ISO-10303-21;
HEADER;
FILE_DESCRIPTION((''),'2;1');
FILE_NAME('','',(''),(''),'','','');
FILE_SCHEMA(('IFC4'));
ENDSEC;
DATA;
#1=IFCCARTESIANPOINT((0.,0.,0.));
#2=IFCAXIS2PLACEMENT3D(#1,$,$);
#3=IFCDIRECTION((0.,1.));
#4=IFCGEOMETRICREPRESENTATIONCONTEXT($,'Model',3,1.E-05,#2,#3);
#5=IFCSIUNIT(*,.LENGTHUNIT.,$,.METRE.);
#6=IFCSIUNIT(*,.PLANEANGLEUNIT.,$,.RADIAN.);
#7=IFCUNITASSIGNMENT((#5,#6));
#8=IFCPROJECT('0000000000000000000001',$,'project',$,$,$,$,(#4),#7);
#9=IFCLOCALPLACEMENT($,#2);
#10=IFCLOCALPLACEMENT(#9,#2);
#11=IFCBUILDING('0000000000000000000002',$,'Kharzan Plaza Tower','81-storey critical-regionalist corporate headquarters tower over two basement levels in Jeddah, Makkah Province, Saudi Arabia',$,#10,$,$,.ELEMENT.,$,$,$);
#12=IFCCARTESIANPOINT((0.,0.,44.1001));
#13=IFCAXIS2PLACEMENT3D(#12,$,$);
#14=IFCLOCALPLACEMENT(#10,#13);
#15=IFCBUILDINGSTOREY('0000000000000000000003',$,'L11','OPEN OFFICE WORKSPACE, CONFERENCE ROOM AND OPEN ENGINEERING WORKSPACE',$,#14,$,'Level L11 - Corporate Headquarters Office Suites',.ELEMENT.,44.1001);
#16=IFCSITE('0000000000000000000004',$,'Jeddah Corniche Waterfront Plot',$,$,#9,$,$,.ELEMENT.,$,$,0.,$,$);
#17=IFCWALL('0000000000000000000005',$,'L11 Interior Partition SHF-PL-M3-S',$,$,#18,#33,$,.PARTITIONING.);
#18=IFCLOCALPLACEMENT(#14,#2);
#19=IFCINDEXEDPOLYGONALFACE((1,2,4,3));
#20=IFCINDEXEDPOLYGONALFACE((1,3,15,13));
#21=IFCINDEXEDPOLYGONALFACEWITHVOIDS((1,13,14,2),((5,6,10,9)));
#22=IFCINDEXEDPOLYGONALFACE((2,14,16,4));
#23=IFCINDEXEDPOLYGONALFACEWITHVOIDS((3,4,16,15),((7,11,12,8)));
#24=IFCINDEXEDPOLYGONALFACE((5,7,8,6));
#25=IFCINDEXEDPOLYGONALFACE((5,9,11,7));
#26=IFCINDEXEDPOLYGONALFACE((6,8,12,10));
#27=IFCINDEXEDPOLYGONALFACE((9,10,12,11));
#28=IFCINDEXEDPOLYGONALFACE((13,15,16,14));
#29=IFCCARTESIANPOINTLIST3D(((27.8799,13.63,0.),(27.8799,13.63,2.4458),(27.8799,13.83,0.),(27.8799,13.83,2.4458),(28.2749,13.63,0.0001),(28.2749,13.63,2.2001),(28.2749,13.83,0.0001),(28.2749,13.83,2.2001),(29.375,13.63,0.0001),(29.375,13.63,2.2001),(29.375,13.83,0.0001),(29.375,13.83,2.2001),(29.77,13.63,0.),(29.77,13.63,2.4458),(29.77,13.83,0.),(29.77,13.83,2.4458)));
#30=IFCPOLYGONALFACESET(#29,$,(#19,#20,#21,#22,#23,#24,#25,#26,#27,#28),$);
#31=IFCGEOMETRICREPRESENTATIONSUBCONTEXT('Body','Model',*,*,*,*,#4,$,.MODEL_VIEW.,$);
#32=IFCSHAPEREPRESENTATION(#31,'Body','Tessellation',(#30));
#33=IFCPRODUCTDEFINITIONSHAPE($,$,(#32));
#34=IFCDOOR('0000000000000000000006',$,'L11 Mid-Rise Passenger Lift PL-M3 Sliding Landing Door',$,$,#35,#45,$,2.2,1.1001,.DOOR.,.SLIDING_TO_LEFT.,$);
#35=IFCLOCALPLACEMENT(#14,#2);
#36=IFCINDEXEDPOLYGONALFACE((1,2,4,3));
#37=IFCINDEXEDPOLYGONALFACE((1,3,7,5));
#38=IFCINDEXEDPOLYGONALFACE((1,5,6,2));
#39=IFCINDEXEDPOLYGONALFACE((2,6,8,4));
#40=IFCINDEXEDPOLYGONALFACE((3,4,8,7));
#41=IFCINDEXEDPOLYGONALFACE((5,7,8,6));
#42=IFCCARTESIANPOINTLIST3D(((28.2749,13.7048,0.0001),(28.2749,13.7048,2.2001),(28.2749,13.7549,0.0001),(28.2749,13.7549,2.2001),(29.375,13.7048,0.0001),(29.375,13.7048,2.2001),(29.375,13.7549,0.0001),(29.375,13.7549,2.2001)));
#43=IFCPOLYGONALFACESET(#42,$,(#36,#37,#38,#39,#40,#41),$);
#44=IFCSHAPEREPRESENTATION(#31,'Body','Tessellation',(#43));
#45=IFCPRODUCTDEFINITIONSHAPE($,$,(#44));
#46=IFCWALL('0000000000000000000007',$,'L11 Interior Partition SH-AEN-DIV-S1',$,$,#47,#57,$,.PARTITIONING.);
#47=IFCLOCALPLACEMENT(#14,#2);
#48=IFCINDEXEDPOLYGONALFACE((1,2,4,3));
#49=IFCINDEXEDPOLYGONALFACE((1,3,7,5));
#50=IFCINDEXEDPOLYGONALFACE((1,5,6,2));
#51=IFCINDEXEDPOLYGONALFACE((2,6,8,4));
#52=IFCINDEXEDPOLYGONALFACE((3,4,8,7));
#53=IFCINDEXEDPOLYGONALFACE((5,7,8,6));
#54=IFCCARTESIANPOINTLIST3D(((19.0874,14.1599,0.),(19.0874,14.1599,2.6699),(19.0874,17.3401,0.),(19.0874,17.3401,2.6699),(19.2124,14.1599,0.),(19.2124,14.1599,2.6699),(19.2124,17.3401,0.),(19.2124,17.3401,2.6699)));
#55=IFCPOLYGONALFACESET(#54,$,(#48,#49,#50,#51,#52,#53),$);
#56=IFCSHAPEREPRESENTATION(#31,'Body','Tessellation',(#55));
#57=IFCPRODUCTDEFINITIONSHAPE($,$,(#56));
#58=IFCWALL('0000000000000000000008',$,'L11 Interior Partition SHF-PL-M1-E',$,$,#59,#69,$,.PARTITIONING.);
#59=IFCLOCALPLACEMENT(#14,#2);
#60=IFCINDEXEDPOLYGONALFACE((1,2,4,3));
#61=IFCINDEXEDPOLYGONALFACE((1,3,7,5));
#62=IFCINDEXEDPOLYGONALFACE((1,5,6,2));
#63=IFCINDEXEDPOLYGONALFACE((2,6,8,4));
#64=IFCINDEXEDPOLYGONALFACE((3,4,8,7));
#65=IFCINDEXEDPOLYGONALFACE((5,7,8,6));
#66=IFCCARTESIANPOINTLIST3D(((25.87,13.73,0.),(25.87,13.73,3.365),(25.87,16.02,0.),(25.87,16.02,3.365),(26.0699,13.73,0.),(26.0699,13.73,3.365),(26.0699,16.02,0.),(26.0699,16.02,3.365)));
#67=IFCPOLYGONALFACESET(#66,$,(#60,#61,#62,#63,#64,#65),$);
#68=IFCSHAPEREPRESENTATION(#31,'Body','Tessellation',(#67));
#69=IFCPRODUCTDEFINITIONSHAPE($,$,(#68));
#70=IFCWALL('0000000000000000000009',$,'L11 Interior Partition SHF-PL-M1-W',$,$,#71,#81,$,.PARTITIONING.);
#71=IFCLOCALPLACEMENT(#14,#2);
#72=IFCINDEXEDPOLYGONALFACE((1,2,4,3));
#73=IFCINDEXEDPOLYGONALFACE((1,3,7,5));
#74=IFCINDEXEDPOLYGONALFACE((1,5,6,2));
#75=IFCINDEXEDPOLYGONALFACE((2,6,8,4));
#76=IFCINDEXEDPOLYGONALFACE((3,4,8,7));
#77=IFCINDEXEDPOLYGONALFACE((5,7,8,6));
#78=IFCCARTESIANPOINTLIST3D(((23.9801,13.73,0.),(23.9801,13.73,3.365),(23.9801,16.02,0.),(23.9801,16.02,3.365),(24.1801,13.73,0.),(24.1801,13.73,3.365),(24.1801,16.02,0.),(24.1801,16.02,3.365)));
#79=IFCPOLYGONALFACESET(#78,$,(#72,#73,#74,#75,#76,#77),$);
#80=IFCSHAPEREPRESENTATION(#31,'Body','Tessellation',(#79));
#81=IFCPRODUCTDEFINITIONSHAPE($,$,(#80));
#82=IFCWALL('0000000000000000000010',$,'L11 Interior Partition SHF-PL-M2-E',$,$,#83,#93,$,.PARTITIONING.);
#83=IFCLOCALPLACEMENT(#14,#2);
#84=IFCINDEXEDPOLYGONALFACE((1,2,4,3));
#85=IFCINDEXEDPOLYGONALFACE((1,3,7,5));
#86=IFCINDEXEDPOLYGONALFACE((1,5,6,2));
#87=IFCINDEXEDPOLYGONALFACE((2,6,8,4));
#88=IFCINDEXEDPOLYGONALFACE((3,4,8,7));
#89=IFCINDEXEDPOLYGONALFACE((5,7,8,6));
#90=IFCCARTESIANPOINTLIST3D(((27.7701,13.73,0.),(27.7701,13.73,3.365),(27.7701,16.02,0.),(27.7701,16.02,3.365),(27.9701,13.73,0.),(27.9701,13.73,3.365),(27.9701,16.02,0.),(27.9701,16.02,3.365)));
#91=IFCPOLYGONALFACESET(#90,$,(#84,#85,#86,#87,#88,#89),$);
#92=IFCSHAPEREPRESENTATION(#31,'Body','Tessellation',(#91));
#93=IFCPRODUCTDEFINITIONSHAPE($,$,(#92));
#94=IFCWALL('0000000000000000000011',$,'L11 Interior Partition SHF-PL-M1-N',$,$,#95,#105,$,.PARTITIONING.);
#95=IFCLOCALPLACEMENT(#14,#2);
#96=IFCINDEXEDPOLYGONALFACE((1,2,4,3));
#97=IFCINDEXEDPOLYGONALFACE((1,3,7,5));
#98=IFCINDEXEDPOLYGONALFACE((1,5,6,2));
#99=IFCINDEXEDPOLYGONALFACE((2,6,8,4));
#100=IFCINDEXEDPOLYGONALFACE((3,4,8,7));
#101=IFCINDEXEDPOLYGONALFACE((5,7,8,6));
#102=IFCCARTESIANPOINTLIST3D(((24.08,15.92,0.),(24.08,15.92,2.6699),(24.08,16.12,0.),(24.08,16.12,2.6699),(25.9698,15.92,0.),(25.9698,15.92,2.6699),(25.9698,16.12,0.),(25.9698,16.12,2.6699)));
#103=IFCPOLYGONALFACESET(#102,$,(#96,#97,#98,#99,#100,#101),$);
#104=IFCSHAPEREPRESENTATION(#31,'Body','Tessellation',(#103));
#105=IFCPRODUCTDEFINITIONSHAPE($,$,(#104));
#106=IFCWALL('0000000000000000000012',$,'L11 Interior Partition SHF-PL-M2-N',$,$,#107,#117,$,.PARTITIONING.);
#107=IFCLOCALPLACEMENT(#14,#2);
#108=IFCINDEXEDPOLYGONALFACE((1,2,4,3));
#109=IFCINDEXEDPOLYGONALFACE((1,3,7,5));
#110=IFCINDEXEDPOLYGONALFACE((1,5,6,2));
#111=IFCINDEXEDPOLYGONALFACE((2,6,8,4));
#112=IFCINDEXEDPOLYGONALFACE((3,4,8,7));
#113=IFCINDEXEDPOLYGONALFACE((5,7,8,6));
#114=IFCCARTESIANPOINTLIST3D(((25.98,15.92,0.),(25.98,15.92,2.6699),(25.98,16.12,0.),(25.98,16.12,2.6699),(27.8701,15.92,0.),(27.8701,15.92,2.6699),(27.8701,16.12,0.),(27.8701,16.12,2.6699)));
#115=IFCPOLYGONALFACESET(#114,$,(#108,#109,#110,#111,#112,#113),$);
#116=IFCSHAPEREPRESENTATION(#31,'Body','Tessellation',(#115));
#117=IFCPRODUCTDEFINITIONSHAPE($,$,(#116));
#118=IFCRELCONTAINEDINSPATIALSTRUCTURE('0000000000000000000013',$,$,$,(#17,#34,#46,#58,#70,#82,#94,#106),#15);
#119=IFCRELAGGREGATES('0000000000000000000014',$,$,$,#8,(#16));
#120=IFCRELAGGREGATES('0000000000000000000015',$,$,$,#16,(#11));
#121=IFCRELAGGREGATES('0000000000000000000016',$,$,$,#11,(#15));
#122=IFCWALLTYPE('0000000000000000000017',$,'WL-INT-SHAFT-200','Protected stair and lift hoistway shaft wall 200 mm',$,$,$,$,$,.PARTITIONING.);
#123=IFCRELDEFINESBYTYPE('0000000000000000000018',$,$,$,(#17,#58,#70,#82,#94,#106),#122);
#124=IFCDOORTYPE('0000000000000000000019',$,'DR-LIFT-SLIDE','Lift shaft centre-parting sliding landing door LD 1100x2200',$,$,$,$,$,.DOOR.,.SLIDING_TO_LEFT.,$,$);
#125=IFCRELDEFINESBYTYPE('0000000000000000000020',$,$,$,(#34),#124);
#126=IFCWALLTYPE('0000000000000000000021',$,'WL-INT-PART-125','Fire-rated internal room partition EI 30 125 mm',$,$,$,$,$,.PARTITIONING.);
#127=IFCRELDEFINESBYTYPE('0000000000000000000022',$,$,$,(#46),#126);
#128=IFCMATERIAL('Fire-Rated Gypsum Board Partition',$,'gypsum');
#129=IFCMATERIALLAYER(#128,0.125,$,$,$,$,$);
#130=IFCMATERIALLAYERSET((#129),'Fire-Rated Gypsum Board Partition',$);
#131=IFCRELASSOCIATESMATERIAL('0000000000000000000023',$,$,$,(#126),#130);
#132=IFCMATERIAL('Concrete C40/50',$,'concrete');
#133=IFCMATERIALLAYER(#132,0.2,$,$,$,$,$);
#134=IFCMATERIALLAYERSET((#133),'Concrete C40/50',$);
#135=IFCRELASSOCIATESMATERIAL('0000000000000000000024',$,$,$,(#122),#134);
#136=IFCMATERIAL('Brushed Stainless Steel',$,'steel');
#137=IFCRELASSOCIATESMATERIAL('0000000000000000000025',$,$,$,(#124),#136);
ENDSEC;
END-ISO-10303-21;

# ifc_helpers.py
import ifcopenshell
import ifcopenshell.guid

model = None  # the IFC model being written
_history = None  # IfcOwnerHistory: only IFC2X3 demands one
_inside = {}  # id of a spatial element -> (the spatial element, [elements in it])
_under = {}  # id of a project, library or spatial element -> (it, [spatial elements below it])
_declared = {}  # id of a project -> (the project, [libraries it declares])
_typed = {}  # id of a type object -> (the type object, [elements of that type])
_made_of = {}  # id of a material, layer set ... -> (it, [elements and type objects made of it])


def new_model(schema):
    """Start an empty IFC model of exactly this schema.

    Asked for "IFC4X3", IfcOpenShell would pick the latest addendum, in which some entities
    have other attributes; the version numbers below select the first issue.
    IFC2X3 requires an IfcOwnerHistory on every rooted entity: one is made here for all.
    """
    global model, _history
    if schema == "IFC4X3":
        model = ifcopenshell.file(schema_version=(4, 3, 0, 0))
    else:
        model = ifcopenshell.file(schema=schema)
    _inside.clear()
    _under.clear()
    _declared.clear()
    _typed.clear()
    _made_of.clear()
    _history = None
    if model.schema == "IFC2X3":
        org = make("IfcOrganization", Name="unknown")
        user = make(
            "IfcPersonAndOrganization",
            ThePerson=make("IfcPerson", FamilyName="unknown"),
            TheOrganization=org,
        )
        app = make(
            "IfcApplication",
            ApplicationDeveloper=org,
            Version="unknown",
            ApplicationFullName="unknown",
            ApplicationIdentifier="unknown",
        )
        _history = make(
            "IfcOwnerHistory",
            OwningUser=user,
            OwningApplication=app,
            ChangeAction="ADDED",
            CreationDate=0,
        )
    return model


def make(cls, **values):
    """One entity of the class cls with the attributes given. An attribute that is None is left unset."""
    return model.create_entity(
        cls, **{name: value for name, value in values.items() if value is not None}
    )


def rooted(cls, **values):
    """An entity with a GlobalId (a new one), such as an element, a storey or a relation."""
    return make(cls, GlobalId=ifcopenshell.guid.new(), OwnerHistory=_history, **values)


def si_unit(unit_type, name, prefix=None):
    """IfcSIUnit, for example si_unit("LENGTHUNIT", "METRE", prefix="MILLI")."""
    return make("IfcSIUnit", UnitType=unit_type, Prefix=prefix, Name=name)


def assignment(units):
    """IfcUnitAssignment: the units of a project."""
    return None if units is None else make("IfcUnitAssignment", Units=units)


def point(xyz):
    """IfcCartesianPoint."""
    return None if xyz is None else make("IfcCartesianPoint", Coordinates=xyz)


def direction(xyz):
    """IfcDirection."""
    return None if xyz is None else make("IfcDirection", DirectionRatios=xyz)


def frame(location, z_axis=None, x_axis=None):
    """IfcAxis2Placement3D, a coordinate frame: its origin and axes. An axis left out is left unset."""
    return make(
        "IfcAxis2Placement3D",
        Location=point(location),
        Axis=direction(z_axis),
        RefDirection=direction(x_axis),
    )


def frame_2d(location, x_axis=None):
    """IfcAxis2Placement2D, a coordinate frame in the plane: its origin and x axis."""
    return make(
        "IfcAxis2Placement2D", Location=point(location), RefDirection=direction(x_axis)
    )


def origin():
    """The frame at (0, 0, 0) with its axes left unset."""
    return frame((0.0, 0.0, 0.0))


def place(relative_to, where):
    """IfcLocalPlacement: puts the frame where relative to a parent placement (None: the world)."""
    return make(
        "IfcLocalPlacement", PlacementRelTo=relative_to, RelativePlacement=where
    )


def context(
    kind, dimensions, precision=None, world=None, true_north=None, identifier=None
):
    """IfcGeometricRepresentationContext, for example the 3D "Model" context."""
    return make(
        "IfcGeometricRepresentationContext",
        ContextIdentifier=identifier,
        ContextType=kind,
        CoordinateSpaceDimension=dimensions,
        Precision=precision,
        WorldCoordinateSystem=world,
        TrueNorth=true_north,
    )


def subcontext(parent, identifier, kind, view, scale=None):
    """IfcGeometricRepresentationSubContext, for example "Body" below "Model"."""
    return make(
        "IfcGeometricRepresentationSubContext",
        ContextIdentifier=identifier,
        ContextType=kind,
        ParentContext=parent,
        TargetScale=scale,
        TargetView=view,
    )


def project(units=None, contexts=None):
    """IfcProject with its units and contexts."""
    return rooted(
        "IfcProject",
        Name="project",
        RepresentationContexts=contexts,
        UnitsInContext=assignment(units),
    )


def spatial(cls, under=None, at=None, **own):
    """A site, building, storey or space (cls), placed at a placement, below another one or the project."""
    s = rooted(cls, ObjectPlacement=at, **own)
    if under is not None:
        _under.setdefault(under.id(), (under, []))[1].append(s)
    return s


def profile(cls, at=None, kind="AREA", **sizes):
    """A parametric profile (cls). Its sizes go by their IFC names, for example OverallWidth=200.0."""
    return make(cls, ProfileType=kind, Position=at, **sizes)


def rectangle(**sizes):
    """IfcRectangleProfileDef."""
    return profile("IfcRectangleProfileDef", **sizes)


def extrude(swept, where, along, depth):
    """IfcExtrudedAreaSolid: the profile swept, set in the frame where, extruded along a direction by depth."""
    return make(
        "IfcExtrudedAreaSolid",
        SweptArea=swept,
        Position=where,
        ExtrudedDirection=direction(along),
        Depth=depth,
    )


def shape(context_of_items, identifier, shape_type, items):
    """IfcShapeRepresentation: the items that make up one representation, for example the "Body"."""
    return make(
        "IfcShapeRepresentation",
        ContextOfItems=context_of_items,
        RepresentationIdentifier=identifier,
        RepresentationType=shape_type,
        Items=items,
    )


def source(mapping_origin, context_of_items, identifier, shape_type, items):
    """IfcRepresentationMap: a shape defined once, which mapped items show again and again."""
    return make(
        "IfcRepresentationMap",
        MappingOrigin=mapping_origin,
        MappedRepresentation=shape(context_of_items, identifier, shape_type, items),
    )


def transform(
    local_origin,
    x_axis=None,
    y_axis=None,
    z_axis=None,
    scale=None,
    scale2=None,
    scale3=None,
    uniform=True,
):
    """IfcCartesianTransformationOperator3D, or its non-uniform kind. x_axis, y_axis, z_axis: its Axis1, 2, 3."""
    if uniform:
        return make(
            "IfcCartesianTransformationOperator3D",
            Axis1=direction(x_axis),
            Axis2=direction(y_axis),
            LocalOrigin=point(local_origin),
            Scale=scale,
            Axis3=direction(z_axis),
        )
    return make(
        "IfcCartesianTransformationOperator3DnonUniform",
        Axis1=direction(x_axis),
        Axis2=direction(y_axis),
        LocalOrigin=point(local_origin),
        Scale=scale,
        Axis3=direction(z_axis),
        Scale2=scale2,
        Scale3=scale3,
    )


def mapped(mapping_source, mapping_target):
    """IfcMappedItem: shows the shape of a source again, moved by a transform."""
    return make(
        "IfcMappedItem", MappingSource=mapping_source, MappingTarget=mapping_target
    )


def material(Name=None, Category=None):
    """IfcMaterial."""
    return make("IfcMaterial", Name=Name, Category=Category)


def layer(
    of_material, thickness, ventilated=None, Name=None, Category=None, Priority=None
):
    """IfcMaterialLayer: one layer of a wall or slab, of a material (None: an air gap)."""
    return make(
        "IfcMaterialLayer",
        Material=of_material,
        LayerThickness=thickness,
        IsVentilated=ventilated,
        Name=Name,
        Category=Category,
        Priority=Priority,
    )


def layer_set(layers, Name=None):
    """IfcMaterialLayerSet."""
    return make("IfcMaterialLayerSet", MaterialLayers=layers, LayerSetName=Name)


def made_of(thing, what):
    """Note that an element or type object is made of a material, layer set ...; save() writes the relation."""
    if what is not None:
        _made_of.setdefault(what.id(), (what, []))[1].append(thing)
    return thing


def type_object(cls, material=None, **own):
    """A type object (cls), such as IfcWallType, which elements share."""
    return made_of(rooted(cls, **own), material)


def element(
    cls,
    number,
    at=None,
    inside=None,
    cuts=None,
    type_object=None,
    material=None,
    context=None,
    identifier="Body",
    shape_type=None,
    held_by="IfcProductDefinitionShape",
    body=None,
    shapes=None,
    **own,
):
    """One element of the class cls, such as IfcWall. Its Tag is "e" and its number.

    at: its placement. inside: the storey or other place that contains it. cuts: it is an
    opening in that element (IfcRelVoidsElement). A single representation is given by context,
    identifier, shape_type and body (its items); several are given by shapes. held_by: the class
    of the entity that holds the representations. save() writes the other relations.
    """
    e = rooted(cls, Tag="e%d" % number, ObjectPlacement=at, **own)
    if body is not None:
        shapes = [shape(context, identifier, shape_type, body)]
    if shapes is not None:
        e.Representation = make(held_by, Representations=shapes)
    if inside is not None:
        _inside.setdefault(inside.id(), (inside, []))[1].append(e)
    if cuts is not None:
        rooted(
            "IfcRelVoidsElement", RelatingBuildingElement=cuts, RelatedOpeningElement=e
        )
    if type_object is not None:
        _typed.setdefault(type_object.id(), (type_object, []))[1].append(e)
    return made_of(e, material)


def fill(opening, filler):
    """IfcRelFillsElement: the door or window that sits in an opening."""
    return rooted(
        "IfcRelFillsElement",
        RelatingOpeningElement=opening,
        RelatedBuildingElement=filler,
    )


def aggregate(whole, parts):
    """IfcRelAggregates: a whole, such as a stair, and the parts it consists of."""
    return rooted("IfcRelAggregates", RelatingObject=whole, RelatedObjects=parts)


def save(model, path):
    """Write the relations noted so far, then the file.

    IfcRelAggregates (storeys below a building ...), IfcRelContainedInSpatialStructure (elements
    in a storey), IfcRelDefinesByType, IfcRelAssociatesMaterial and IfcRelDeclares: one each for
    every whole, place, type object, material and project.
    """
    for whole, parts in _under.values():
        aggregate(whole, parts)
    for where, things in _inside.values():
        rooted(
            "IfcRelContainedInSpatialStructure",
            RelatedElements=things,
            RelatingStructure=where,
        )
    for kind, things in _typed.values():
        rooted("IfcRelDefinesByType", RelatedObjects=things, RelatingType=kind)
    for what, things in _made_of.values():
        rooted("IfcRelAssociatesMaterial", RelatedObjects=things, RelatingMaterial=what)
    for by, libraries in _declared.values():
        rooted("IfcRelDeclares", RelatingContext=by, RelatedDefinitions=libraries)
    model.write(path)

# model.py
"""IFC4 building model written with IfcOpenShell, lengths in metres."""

from ifc_helpers import new_model, si_unit, direction, frame, frame_2d, origin, place, context, subcontext, project, spatial, rectangle, extrude, source, transform, mapped, material, layer, layer_set, type_object, element, fill, save


model = new_model("IFC4")

# Units and contexts
model_context = context("Model", 3, precision=1e-05, world=origin(), true_north=direction((0.0, 1.0)))
body_context = subcontext(model_context, "Body", "Model", "MODEL_VIEW")
ifc_project = project(units=[si_unit("LENGTHUNIT", "METRE"), si_unit("PLANEANGLEUNIT", "RADIAN")], contexts=[model_context])

# Site, building, storey
site_placement = place(None, origin())
site = spatial("IfcSite", under=ifc_project, at=site_placement, Name="Jeddah Corniche Waterfront Plot", CompositionType="ELEMENT", RefElevation=0.0)
building_placement = place(site_placement, origin())
building = spatial("IfcBuilding", under=site, at=building_placement, Name="Kharzan Plaza Tower", Description="81-storey critical-regionalist corporate headquarters tower over two basement levels in Jeddah, Makkah Province, Saudi Arabia", CompositionType="ELEMENT")
storey_placement = place(building_placement, frame((0.0, 0.0, 44.1001)))
storey = spatial("IfcBuildingStorey", under=building, at=storey_placement, Name="L11", Description="OPEN OFFICE WORKSPACE, CONFERENCE ROOM AND OPEN ENGINEERING WORKSPACE", LongName="Level L11 - Corporate Headquarters Office Suites", CompositionType="ELEMENT", Elevation=44.1001)

# Wall, opening, door
ifc_material_1 = material(Name="Fire-Rated Gypsum Board Partition", Category="gypsum")
ifc_layer_1 = layer(ifc_material_1, 0.125)
ifc_layer_set_1 = layer_set([ifc_layer_1], Name="Fire-Rated Gypsum Board Partition")
wall_type_1 = type_object("IfcWallType", Name="WL-INT-PART-125", Description="Fire-rated internal room partition EI 30 125 mm", PredefinedType="PARTITIONING", material=ifc_layer_set_1)
ifc_material_2 = material(Name="Concrete C40/50", Category="concrete")
ifc_layer_2 = layer(ifc_material_2, 0.2)
ifc_layer_set_2 = layer_set([ifc_layer_2], Name="Concrete C40/50")
wall_type_2 = type_object("IfcWallType", Name="WL-INT-SHAFT-200", Description="Protected stair and lift hoistway shaft wall 200 mm", PredefinedType="PARTITIONING", material=ifc_layer_set_2)
ifc_material_3 = material(Name="Brushed Stainless Steel", Category="steel")
door_type_1 = type_object("IfcDoorType", Name="DR-LIFT-SLIDE", Description="Lift shaft centre-parting sliding landing door LD 1100x2200", OperationType="SLIDING_TO_LEFT", PredefinedType="DOOR", material=ifc_material_3)
shared_shape_1 = source(origin(), body_context, "Body", "SweptSolid", [
    extrude(rectangle(XDim=1.1001, YDim=2.2, at=frame_2d((0.55, 1.1001))), frame((0.0, 0.0249, 0.0), z_axis=(0.0, -1.0, 0.0), x_axis=(1.0, 0.0, 0.0)), (0.0, 0.0, 1.0), 0.05),
])
wall_1_placement = place(storey_placement, frame((27.8799, 13.73, 0.0), z_axis=(0.0, 0.0, 1.0), x_axis=(1.0, 0.0, 0.0)))
wall_1 = element("IfcWall", 1, at=wall_1_placement, inside=storey, type_object=wall_type_2, Name="L11 Interior Partition SHF-PL-M3-S", PredefinedType="PARTITIONING", context=body_context, shape_type="SweptSolid", body=[
    extrude(rectangle(XDim=1.8901, YDim=0.2, at=frame_2d((0.9451, 0.0))), origin(), (0.0, 0.0, 1.0), 2.4458),
])
opening_1_placement = place(wall_1_placement, frame((0.395, 0.0, 0.0)))
opening_1 = element("IfcOpeningElement", 2, at=opening_1_placement, cuts=wall_1, PredefinedType="OPENING", context=body_context, shape_type="SweptSolid", body=[
    extrude(rectangle(XDim=1.1001, YDim=2.2, at=frame_2d((0.55, 1.1001))), frame((0.0, 0.1099, 0.0), z_axis=(0.0, -1.0, 0.0), x_axis=(1.0, 0.0, 0.0)), (0.0, 0.0, 1.0), 0.22),
])
door_1_placement = place(opening_1_placement, origin())
door_1 = element("IfcDoor", 3, at=door_1_placement, inside=storey, type_object=door_type_1, Name="L11 Mid-Rise Passenger Lift PL-M3 Sliding Landing Door", OperationType="SLIDING_TO_LEFT", OverallHeight=2.2, OverallWidth=1.1001, PredefinedType="DOOR", context=body_context, shape_type="MappedRepresentation", body=[
    mapped(shared_shape_1, transform((0.0, 0.0, 0.0), x_axis=(1.0, 0.0, 0.0), y_axis=(0.0, 1.0, 0.0), z_axis=(0.0, 0.0, 1.0))),
])
fill(opening_1, door_1)

# Walls
shared_shape_2 = source(origin(), body_context, "Body", "SweptSolid", [
    extrude(rectangle(XDim=3.1802, YDim=0.125, at=frame_2d((1.5901, 0.0))), origin(), (0.0, 0.0, 1.0), 2.6699),
])
wall_2_placement = place(storey_placement, frame((19.1499, 14.1599, 0.0), z_axis=(0.0, 0.0, 1.0), x_axis=(0.0, 1.0, 0.0)))
element("IfcWall", 4, at=wall_2_placement, inside=storey, type_object=wall_type_1, Name="L11 Interior Partition SH-AEN-DIV-S1", PredefinedType="PARTITIONING", context=body_context, shape_type="MappedRepresentation", body=[
    mapped(shared_shape_2, transform((0.0, 0.0, 0.0), x_axis=(1.0, 0.0, 0.0), y_axis=(0.0, 1.0, 0.0), z_axis=(0.0, 0.0, 1.0))),
])
shared_shape_3 = source(origin(), body_context, "Body", "SweptSolid", [
    extrude(rectangle(XDim=2.29, YDim=0.2, at=frame_2d((1.145, 0.0))), origin(), (0.0, 0.0, 1.0), 3.365),
])
for number, where, z_axis, x_axis, name in (
    (5, (25.97, 13.73, 0.0), (0.0, 0.0, 1.0), (0.0, 1.0, 0.0), "L11 Interior Partition SHF-PL-M1-E"),
    (6, (24.0801, 13.73, 0.0), (0.0, 0.0, 1.0), (0.0, 1.0, 0.0), "L11 Interior Partition SHF-PL-M1-W"),
    (7, (27.8701, 13.73, 0.0), (0.0, 0.0, 1.0), (0.0, 1.0, 0.0), "L11 Interior Partition SHF-PL-M2-E"),
):
    element("IfcWall", number, at=place(storey_placement, frame(where, z_axis=z_axis, x_axis=x_axis)), inside=storey, type_object=wall_type_2, Name=name, PredefinedType="PARTITIONING", context=body_context, shape_type="MappedRepresentation", body=[
        mapped(shared_shape_3, transform((0.0, 0.0, 0.0), x_axis=(1.0, 0.0, 0.0), y_axis=(0.0, 1.0, 0.0), z_axis=(0.0, 0.0, 1.0))),
    ])
shared_shape_4 = source(origin(), body_context, "Body", "SweptSolid", [
    extrude(rectangle(XDim=1.8899, YDim=0.2, at=frame_2d((0.9448, 0.0))), origin(), (0.0, 0.0, 1.0), 2.6699),
])
wall_3_placement = place(storey_placement, frame((24.0801, 16.02, 0.0), z_axis=(0.0, 0.0, 1.0), x_axis=(1.0, 0.0, 0.0)))
element("IfcWall", 8, at=wall_3_placement, inside=storey, type_object=wall_type_2, Name="L11 Interior Partition SHF-PL-M1-N", PredefinedType="PARTITIONING", context=body_context, shape_type="MappedRepresentation", body=[
    mapped(shared_shape_4, transform((0.0, 0.0, 0.0), x_axis=(1.0, 0.0, 0.0), y_axis=(0.0, 1.0, 0.0), z_axis=(0.0, 0.0, 1.0))),
])
shared_shape_5 = source(origin(), body_context, "Body", "SweptSolid", [
    extrude(rectangle(XDim=1.8901, YDim=0.2, at=frame_2d((0.9451, 0.0))), origin(), (0.0, 0.0, 1.0), 2.6699),
])
wall_4_placement = place(storey_placement, frame((25.98, 16.02, 0.0), z_axis=(0.0, 0.0, 1.0), x_axis=(1.0, 0.0, 0.0)))
element("IfcWall", 9, at=wall_4_placement, inside=storey, type_object=wall_type_2, Name="L11 Interior Partition SHF-PL-M2-N", PredefinedType="PARTITIONING", context=body_context, shape_type="MappedRepresentation", body=[
    mapped(shared_shape_5, transform((0.0, 0.0, 0.0), x_axis=(1.0, 0.0, 0.0), y_axis=(0.0, 1.0, 0.0), z_axis=(0.0, 0.0, 1.0))),
])

save(model, "model.ifc")
